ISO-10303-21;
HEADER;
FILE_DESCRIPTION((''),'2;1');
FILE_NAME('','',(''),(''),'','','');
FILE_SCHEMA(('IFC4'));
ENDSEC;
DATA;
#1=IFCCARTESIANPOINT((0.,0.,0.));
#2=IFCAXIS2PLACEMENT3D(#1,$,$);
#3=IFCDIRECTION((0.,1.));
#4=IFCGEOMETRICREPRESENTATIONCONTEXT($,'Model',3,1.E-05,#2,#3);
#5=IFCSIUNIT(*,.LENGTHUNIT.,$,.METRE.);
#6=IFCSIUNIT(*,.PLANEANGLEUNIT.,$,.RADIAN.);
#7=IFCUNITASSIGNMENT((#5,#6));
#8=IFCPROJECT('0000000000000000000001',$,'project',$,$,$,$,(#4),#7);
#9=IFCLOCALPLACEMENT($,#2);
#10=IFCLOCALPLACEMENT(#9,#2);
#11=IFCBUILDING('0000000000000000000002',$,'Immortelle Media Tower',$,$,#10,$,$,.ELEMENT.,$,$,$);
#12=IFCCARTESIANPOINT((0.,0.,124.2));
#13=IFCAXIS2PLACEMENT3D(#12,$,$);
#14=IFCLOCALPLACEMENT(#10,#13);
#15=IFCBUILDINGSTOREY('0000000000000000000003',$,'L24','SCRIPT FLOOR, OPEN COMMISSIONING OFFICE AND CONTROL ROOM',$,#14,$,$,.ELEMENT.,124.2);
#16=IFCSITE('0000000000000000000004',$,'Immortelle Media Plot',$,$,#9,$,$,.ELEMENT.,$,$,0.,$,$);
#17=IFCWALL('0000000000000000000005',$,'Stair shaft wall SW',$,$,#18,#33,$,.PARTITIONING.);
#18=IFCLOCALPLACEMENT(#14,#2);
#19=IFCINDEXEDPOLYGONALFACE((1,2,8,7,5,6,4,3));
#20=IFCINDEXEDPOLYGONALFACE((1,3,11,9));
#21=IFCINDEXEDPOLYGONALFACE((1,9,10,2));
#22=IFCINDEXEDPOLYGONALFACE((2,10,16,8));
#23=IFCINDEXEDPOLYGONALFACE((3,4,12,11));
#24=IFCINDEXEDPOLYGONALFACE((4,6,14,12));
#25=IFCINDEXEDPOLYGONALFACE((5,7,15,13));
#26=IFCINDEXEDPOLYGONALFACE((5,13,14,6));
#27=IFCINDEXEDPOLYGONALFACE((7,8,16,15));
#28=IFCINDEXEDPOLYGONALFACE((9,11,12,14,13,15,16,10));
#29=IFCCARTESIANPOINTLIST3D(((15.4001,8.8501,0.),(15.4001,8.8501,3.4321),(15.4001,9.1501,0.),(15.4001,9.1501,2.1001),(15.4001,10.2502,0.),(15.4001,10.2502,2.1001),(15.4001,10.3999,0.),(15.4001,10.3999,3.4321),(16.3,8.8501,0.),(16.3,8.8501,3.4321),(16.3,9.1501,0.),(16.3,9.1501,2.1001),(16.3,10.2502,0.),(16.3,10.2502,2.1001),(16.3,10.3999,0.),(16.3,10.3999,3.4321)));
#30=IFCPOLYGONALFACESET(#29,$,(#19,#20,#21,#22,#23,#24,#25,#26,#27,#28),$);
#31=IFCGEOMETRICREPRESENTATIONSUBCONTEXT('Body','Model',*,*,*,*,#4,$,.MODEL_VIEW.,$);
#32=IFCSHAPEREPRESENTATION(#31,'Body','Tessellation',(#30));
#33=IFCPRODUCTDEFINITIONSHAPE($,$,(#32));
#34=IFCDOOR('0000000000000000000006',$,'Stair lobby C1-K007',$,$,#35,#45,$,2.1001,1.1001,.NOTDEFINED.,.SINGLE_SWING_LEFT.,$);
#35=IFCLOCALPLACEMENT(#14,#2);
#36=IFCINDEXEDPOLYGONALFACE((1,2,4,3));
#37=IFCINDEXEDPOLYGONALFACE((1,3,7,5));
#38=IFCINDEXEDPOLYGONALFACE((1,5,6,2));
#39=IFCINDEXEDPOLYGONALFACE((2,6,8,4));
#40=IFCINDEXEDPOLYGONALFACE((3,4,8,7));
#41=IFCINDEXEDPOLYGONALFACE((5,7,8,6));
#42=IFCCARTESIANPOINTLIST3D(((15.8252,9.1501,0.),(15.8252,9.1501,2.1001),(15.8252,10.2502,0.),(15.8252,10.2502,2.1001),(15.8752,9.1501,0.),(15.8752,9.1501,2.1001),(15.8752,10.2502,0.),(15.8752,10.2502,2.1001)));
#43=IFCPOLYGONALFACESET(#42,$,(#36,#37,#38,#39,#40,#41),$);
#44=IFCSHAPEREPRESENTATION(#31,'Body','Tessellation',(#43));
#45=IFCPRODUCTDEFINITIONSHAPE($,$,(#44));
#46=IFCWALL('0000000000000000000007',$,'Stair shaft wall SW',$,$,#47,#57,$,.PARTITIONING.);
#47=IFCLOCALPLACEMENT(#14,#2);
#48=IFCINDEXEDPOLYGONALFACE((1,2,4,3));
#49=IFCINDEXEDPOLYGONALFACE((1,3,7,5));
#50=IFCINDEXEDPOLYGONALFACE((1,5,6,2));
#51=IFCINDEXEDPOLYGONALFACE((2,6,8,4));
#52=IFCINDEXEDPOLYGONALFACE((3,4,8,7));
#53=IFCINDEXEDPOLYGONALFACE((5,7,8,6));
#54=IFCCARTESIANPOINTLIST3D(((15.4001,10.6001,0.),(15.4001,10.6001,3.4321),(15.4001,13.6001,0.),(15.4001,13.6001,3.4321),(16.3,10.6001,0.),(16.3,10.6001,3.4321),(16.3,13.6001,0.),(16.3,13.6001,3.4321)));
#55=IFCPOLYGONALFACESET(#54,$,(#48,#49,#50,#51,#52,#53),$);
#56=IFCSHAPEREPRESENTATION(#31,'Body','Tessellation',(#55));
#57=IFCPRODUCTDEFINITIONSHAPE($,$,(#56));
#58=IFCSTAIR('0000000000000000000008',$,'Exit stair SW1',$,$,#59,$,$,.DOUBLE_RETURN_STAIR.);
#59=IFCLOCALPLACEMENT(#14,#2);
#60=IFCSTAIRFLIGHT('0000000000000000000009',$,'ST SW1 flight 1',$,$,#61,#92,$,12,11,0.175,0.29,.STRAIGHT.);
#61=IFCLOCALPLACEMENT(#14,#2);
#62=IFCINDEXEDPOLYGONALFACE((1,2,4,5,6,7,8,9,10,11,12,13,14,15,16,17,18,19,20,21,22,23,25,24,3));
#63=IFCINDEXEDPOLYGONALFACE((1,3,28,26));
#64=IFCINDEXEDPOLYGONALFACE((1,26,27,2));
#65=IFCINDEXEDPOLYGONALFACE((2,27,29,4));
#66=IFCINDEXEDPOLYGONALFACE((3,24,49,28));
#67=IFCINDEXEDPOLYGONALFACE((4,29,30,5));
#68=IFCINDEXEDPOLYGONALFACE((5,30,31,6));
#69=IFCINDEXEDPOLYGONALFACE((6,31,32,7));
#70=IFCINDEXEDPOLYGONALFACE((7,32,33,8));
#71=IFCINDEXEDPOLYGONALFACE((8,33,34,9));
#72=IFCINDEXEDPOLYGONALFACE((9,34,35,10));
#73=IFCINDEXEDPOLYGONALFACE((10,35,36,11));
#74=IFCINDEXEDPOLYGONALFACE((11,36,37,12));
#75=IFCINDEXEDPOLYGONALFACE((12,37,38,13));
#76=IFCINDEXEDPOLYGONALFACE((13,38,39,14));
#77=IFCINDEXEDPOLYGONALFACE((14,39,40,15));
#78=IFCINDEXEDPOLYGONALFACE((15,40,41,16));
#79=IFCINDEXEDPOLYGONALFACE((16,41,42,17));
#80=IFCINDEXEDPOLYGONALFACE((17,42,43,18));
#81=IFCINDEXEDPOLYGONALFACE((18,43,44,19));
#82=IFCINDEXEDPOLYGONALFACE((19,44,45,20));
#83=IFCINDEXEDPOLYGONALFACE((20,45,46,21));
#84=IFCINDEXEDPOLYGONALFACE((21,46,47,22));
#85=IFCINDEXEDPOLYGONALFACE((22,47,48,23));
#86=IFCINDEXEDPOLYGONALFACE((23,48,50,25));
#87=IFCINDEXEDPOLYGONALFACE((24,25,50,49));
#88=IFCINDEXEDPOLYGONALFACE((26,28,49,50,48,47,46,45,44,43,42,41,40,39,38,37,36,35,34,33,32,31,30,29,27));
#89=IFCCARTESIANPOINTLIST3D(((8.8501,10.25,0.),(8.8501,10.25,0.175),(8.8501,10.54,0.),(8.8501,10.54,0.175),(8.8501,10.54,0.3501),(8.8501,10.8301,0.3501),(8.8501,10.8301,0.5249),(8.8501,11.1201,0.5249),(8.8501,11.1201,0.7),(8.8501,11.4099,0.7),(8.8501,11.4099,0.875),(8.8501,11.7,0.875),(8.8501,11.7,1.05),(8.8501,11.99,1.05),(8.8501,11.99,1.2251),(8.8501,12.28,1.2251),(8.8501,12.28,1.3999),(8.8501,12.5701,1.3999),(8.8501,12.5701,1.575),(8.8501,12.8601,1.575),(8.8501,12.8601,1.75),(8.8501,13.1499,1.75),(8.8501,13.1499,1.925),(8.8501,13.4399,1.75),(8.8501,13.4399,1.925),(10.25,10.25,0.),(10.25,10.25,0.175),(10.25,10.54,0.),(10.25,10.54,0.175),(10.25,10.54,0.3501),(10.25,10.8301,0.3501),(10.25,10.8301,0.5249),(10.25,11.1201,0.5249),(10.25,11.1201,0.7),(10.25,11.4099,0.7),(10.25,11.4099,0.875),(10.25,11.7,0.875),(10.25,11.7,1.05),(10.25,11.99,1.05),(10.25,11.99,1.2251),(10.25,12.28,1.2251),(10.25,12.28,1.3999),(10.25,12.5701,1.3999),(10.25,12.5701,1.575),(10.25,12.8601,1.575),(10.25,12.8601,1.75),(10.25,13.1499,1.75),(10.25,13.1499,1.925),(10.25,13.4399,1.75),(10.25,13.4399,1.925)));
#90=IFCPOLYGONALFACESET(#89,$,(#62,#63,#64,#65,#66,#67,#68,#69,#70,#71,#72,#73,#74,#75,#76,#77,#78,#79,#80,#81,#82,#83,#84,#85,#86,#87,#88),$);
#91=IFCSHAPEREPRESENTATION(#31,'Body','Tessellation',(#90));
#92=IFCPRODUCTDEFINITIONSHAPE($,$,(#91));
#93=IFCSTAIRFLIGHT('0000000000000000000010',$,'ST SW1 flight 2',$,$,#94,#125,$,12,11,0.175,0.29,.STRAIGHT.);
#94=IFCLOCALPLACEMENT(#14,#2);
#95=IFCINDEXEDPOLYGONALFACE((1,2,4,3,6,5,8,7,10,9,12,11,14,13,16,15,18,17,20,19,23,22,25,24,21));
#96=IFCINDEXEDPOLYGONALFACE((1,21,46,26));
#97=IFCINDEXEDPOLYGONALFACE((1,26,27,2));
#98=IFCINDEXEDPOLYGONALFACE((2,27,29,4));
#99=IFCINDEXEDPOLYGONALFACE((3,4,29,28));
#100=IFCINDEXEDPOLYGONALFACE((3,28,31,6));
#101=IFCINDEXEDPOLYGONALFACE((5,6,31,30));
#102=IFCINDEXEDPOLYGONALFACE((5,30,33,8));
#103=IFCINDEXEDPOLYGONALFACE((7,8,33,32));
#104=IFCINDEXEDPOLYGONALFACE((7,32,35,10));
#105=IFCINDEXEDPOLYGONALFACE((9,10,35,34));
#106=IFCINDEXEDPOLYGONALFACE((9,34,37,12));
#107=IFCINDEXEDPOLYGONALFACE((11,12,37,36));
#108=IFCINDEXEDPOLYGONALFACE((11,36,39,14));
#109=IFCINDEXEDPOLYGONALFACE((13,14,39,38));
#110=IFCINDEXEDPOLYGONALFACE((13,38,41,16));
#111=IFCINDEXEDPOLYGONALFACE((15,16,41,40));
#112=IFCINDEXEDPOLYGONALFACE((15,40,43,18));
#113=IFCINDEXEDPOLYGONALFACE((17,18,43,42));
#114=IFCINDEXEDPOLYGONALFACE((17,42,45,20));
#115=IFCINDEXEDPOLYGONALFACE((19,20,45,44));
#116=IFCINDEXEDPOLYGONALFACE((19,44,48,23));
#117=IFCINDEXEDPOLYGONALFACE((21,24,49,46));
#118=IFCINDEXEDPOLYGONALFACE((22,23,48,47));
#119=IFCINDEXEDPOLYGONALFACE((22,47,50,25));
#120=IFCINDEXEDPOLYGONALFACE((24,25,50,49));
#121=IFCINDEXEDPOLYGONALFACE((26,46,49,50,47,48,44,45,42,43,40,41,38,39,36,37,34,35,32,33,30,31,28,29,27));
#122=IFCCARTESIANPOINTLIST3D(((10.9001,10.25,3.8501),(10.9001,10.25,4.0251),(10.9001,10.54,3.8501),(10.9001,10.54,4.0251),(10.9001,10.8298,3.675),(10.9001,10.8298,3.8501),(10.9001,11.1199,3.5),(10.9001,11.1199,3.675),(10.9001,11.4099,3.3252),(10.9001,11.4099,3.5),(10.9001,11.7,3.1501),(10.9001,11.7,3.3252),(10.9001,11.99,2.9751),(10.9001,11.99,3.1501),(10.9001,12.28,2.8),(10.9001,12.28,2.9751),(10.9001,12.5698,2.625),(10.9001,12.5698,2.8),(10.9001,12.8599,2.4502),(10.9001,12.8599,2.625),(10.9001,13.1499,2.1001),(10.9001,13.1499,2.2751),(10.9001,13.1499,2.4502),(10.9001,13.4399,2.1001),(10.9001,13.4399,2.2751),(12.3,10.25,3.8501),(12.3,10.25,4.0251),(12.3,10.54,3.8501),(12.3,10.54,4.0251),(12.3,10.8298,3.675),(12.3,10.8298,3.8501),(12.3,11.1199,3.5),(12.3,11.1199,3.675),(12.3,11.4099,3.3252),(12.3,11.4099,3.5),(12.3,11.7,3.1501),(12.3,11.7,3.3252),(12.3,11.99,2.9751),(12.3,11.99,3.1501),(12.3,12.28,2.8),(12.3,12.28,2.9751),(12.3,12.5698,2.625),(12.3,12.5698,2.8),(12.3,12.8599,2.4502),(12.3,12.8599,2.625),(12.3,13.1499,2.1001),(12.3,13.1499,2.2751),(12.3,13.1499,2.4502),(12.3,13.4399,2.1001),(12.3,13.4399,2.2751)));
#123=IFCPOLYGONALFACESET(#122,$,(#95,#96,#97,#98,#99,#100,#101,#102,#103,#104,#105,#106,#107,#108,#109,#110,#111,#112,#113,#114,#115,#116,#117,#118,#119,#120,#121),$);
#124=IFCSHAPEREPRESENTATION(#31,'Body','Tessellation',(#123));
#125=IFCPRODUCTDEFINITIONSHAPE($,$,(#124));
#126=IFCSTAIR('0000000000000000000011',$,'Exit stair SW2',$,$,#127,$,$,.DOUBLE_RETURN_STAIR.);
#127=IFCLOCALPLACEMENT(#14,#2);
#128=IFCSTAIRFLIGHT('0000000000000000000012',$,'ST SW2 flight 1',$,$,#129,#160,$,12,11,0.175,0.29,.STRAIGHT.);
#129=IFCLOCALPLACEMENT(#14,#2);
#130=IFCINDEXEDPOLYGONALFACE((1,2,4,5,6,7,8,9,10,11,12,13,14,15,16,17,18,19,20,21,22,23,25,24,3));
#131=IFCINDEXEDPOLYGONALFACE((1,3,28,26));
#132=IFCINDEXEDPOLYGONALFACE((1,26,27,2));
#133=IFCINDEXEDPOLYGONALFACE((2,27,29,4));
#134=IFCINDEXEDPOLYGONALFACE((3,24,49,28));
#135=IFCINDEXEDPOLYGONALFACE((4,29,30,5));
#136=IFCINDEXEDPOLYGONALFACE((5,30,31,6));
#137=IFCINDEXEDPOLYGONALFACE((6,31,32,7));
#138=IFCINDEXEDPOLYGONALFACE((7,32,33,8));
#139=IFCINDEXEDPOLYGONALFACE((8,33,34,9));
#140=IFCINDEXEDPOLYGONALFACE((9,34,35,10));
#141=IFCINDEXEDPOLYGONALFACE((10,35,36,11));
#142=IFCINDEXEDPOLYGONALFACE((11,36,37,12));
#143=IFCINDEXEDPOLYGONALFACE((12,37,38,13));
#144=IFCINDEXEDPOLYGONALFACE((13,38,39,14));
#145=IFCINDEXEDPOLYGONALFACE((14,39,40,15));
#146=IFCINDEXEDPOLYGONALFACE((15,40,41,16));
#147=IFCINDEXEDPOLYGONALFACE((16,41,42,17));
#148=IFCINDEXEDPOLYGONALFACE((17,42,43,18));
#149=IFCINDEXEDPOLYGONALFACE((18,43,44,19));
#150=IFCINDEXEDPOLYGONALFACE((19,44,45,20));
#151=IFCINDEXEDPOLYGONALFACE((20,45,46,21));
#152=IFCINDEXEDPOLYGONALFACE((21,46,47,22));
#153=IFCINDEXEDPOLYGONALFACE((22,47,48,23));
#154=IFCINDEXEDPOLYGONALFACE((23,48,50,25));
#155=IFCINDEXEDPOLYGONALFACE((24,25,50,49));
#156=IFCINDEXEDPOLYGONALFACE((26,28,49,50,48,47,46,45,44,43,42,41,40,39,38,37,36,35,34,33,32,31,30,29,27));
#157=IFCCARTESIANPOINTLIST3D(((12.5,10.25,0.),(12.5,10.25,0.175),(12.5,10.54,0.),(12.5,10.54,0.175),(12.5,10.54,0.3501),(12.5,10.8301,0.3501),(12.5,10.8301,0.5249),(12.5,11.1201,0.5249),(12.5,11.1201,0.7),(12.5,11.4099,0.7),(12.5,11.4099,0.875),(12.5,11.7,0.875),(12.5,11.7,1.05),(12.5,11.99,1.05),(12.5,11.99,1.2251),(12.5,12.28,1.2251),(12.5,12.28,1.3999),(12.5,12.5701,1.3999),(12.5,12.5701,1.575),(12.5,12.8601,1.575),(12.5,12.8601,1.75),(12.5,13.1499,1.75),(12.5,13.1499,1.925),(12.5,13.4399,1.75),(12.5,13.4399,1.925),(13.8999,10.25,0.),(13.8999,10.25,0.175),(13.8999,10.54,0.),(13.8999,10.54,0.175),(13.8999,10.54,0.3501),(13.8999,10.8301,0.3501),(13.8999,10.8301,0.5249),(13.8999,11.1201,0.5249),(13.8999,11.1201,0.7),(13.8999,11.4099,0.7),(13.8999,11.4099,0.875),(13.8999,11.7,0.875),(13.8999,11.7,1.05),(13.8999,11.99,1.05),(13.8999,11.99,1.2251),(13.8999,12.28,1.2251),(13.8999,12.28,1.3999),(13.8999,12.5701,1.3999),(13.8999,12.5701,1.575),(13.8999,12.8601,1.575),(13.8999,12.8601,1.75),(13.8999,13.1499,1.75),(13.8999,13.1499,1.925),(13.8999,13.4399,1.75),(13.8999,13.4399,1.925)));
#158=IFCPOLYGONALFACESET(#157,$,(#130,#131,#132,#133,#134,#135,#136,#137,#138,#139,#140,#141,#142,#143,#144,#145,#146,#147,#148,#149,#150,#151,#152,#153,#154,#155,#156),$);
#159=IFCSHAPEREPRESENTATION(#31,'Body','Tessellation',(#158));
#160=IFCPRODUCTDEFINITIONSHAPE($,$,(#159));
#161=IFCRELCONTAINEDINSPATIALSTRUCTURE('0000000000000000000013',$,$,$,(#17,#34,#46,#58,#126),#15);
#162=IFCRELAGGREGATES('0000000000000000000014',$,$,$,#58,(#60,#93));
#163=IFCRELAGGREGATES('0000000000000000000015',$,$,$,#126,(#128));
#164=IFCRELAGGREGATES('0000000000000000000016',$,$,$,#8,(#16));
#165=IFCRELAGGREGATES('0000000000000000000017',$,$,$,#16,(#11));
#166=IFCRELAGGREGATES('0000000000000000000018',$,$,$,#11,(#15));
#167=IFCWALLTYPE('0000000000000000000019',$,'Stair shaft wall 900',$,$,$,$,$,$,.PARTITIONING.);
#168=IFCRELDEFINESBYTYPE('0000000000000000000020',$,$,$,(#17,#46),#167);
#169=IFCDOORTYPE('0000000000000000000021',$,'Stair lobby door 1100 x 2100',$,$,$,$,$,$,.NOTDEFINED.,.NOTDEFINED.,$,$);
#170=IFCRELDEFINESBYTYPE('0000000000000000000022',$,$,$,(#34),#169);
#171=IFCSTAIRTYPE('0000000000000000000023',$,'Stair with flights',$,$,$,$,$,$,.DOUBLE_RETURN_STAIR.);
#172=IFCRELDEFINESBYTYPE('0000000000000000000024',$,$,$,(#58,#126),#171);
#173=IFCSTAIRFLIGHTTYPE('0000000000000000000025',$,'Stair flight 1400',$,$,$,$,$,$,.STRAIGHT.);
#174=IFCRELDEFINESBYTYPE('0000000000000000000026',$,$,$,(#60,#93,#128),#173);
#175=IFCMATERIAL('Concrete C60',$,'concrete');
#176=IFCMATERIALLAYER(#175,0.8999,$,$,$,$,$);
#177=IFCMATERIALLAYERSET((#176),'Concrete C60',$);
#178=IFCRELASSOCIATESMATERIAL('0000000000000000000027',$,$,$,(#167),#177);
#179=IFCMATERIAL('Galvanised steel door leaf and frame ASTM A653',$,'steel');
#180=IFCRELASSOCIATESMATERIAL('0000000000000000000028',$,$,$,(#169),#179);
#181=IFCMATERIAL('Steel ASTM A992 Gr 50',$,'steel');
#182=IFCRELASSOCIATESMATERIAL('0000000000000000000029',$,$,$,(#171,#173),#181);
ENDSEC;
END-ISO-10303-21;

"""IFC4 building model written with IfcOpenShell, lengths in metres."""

from ifc_helpers import new_model, si_unit, direction, frame, frame_2d, origin, place, context, subcontext, project, spatial, polyline, rectangle, outline, extrude, material, layer, layer_set, type_object, element, fill, aggregate, save


model = new_model("IFC4")

# Units and contexts
model_context = context("Model", 3, precision=1e-05, world=origin(), true_north=direction((0.0, 1.0)))
body_context = subcontext(model_context, "Body", "Model", "MODEL_VIEW")
ifc_project = project(units=[si_unit("LENGTHUNIT", "METRE"), si_unit("PLANEANGLEUNIT", "RADIAN")], contexts=[model_context])

# Site, building, storey
site_placement = place(None, origin())
site = spatial("IfcSite", under=ifc_project, at=site_placement, Name="Immortelle Media Plot", CompositionType="ELEMENT", RefElevation=0.0)
building_placement = place(site_placement, origin())
building = spatial("IfcBuilding", under=site, at=building_placement, Name="Immortelle Media Tower", CompositionType="ELEMENT")
storey_placement = place(building_placement, frame((0.0, 0.0, 124.2)))
storey = spatial("IfcBuildingStorey", under=building, at=storey_placement, Name="L24", Description="SCRIPT FLOOR, OPEN COMMISSIONING OFFICE AND CONTROL ROOM", CompositionType="ELEMENT", Elevation=124.2)

# Shared definitions
ifc_material_1 = material(Name="Steel ASTM A992 Gr 50", Category="steel")

# Shared definitions
ifc_material_2 = material(Name="Concrete C60", Category="concrete")

# Wall, opening, door
ifc_layer_1 = layer(ifc_material_2, 0.8999)
ifc_layer_set_1 = layer_set([ifc_layer_1], Name="Concrete C60")
wall_type_1 = type_object("IfcWallType", Name="Stair shaft wall 900", PredefinedType="PARTITIONING", material=ifc_layer_set_1)
wall_1_placement = place(storey_placement, frame((15.8501, 8.8501, 0.0), z_axis=(0.0, 0.0, 1.0), x_axis=(0.0, 1.0, 0.0)))
wall_1 = element("IfcWall", 1, at=wall_1_placement, inside=storey, type_object=wall_type_1, Name="Stair shaft wall SW", PredefinedType="PARTITIONING", context=body_context, shape_type="SweptSolid", body=[
    extrude(rectangle(XDim=1.5498, YDim=0.8999, at=frame_2d((0.7749, 0.0))), origin(), (0.0, 0.0, 1.0), 3.4321),
])
opening_1_placement = place(wall_1_placement, frame((0.3, 0.0, 0.0)))
opening_1 = element("IfcOpeningElement", 2, at=opening_1_placement, cuts=wall_1, PredefinedType="OPENING", context=body_context, shape_type="SweptSolid", body=[
    extrude(rectangle(XDim=1.1001, YDim=2.1001, at=frame_2d((0.55, 1.05))), frame((0.0, 0.46, 0.0), z_axis=(0.0, -1.0, 0.0), x_axis=(1.0, 0.0, 0.0)), (0.0, 0.0, 1.0), 0.9199),
])
ifc_material_3 = material(Name="Galvanised steel door leaf and frame ASTM A653", Category="steel")
door_type_1 = type_object("IfcDoorType", Name="Stair lobby door 1100 x 2100", OperationType="NOTDEFINED", PredefinedType="NOTDEFINED", material=ifc_material_3)
door_1_placement = place(opening_1_placement, origin())
door_1 = element("IfcDoor", 3, at=door_1_placement, inside=storey, type_object=door_type_1, Name="Stair lobby C1-K007", OperationType="SINGLE_SWING_LEFT", OverallHeight=2.1001, OverallWidth=1.1001, PredefinedType="NOTDEFINED", context=body_context, shape_type="SweptSolid", body=[
    extrude(rectangle(XDim=1.1001, YDim=2.1001, at=frame_2d((0.55, 1.05))), frame((0.0, 0.0249, 0.0), z_axis=(0.0, -1.0, 0.0), x_axis=(1.0, 0.0, 0.0)), (0.0, 0.0, 1.0), 0.05),
])
fill(opening_1, door_1)

# Wall
wall_2_placement = place(storey_placement, frame((15.8501, 10.6001, 0.0), z_axis=(0.0, 0.0, 1.0), x_axis=(0.0, 1.0, 0.0)))
element("IfcWall", 4, at=wall_2_placement, inside=storey, type_object=wall_type_1, Name="Stair shaft wall SW", PredefinedType="PARTITIONING", context=body_context, shape_type="SweptSolid", body=[
    extrude(rectangle(XDim=3.0, YDim=0.8999, at=frame_2d((1.5, 0.0))), origin(), (0.0, 0.0, 1.0), 3.4321),
])

# Stairs, stair flights
stair_type = type_object("IfcStairType", Name="Stair with flights", PredefinedType="DOUBLE_RETURN_STAIR", material=ifc_material_1)
stair_1_placement = place(storey_placement, origin())
stair_1 = element("IfcStair", 5, at=stair_1_placement, inside=storey, type_object=stair_type, Name="Exit stair SW1", PredefinedType="DOUBLE_RETURN_STAIR")
stair_flight_type = type_object("IfcStairFlightType", Name="Stair flight 1400", PredefinedType="STRAIGHT", material=ifc_material_1)
stair_flight_1_placement = place(storey_placement, frame((9.55, 10.25, 0.0), z_axis=(0.0, 0.0, 1.0), x_axis=(0.0, 1.0, 0.0)))
stair_flight_1 = element("IfcStairFlight", 6, at=stair_flight_1_placement, type_object=stair_flight_type, Name="ST SW1 flight 1", NumberOfRisers=12, NumberOfTreads=11, PredefinedType="STRAIGHT", RiserHeight=0.175, TreadLength=0.29, context=body_context, shape_type="SweptSolid", body=[
    extrude(outline(polyline([(0.0, 0.0), (0.0, 0.175), (0.29, 0.175), (0.29, 0.3501), (0.5801, 0.3501), (0.5801, 0.5249), (0.8701, 0.5249), (0.8701, 0.7), (1.1599, 0.7), (1.1599, 0.875), (1.45, 0.875), (1.45, 1.05), (1.74, 1.05), (1.74, 1.2251), (2.03, 1.2251), (2.03, 1.3999), (2.3201, 1.3999), (2.3201, 1.575), (2.6101, 1.575), (2.6101, 1.75), (2.8999, 1.75), (2.8999, 1.925), (3.1899, 1.925), (3.1899, 2.1001), (3.1899, 1.75), (0.29, 0.0), (0.0, 0.0)])), frame((0.0, 0.7, 0.0), z_axis=(0.0, -1.0, 0.0), x_axis=(1.0, 0.0, 0.0)), (0.0, 0.0, 1.0), 1.3999),
])
stair_flight_2_placement = place(storey_placement, frame((11.6001, 13.4399, 2.1001), z_axis=(0.0, 0.0, 1.0), x_axis=(0.0, -1.0, 0.0)))
stair_flight_2 = element("IfcStairFlight", 7, at=stair_flight_2_placement, type_object=stair_flight_type, Name="ST SW1 flight 2", NumberOfRisers=12, NumberOfTreads=11, PredefinedType="STRAIGHT", RiserHeight=0.175, TreadLength=0.29, context=body_context, shape_type="SweptSolid", body=[
    extrude(outline(polyline([(0.0, 0.0), (0.0, 0.175), (0.29, 0.175), (0.29, 0.3501), (0.5801, 0.3501), (0.5801, 0.5249), (0.8701, 0.5249), (0.8701, 0.7), (1.1599, 0.7), (1.1599, 0.875), (1.45, 0.875), (1.45, 1.05), (1.74, 1.05), (1.74, 1.2251), (2.03, 1.2251), (2.03, 1.3999), (2.3201, 1.3999), (2.3201, 1.575), (2.6101, 1.575), (2.6101, 1.75), (2.8999, 1.75), (2.8999, 1.925), (3.1899, 1.925), (3.1899, 2.1001), (3.1899, 1.75), (0.29, 0.0), (0.0, 0.0)])), frame((0.0, 0.7, 0.0), z_axis=(0.0, -1.0, 0.0), x_axis=(1.0, 0.0, 0.0)), (0.0, 0.0, 1.0), 1.3999),
])
aggregate(stair_1, [stair_flight_1, stair_flight_2])
stair_2_placement = place(storey_placement, origin())
stair_2 = element("IfcStair", 8, at=stair_2_placement, inside=storey, type_object=stair_type, Name="Exit stair SW2", PredefinedType="DOUBLE_RETURN_STAIR")
stair_flight_3_placement = place(storey_placement, frame((13.2, 10.25, 0.0), z_axis=(0.0, 0.0, 1.0), x_axis=(0.0, 1.0, 0.0)))
stair_flight_3 = element("IfcStairFlight", 9, at=stair_flight_3_placement, type_object=stair_flight_type, Name="ST SW2 flight 1", NumberOfRisers=12, NumberOfTreads=11, PredefinedType="STRAIGHT", RiserHeight=0.175, TreadLength=0.29, context=body_context, shape_type="SweptSolid", body=[
    extrude(outline(polyline([(0.0, 0.0), (0.0, 0.175), (0.29, 0.175), (0.29, 0.3501), (0.5801, 0.3501), (0.5801, 0.5249), (0.8701, 0.5249), (0.8701, 0.7), (1.1599, 0.7), (1.1599, 0.875), (1.45, 0.875), (1.45, 1.05), (1.74, 1.05), (1.74, 1.2251), (2.03, 1.2251), (2.03, 1.3999), (2.3201, 1.3999), (2.3201, 1.575), (2.6101, 1.575), (2.6101, 1.75), (2.8999, 1.75), (2.8999, 1.925), (3.1899, 1.925), (3.1899, 2.1001), (3.1899, 1.75), (0.29, 0.0), (0.0, 0.0)])), frame((0.0, 0.7, 0.0), z_axis=(0.0, -1.0, 0.0), x_axis=(1.0, 0.0, 0.0)), (0.0, 0.0, 1.0), 1.3999),
])
aggregate(stair_2, [stair_flight_3])

save(model, "model.ifc")
